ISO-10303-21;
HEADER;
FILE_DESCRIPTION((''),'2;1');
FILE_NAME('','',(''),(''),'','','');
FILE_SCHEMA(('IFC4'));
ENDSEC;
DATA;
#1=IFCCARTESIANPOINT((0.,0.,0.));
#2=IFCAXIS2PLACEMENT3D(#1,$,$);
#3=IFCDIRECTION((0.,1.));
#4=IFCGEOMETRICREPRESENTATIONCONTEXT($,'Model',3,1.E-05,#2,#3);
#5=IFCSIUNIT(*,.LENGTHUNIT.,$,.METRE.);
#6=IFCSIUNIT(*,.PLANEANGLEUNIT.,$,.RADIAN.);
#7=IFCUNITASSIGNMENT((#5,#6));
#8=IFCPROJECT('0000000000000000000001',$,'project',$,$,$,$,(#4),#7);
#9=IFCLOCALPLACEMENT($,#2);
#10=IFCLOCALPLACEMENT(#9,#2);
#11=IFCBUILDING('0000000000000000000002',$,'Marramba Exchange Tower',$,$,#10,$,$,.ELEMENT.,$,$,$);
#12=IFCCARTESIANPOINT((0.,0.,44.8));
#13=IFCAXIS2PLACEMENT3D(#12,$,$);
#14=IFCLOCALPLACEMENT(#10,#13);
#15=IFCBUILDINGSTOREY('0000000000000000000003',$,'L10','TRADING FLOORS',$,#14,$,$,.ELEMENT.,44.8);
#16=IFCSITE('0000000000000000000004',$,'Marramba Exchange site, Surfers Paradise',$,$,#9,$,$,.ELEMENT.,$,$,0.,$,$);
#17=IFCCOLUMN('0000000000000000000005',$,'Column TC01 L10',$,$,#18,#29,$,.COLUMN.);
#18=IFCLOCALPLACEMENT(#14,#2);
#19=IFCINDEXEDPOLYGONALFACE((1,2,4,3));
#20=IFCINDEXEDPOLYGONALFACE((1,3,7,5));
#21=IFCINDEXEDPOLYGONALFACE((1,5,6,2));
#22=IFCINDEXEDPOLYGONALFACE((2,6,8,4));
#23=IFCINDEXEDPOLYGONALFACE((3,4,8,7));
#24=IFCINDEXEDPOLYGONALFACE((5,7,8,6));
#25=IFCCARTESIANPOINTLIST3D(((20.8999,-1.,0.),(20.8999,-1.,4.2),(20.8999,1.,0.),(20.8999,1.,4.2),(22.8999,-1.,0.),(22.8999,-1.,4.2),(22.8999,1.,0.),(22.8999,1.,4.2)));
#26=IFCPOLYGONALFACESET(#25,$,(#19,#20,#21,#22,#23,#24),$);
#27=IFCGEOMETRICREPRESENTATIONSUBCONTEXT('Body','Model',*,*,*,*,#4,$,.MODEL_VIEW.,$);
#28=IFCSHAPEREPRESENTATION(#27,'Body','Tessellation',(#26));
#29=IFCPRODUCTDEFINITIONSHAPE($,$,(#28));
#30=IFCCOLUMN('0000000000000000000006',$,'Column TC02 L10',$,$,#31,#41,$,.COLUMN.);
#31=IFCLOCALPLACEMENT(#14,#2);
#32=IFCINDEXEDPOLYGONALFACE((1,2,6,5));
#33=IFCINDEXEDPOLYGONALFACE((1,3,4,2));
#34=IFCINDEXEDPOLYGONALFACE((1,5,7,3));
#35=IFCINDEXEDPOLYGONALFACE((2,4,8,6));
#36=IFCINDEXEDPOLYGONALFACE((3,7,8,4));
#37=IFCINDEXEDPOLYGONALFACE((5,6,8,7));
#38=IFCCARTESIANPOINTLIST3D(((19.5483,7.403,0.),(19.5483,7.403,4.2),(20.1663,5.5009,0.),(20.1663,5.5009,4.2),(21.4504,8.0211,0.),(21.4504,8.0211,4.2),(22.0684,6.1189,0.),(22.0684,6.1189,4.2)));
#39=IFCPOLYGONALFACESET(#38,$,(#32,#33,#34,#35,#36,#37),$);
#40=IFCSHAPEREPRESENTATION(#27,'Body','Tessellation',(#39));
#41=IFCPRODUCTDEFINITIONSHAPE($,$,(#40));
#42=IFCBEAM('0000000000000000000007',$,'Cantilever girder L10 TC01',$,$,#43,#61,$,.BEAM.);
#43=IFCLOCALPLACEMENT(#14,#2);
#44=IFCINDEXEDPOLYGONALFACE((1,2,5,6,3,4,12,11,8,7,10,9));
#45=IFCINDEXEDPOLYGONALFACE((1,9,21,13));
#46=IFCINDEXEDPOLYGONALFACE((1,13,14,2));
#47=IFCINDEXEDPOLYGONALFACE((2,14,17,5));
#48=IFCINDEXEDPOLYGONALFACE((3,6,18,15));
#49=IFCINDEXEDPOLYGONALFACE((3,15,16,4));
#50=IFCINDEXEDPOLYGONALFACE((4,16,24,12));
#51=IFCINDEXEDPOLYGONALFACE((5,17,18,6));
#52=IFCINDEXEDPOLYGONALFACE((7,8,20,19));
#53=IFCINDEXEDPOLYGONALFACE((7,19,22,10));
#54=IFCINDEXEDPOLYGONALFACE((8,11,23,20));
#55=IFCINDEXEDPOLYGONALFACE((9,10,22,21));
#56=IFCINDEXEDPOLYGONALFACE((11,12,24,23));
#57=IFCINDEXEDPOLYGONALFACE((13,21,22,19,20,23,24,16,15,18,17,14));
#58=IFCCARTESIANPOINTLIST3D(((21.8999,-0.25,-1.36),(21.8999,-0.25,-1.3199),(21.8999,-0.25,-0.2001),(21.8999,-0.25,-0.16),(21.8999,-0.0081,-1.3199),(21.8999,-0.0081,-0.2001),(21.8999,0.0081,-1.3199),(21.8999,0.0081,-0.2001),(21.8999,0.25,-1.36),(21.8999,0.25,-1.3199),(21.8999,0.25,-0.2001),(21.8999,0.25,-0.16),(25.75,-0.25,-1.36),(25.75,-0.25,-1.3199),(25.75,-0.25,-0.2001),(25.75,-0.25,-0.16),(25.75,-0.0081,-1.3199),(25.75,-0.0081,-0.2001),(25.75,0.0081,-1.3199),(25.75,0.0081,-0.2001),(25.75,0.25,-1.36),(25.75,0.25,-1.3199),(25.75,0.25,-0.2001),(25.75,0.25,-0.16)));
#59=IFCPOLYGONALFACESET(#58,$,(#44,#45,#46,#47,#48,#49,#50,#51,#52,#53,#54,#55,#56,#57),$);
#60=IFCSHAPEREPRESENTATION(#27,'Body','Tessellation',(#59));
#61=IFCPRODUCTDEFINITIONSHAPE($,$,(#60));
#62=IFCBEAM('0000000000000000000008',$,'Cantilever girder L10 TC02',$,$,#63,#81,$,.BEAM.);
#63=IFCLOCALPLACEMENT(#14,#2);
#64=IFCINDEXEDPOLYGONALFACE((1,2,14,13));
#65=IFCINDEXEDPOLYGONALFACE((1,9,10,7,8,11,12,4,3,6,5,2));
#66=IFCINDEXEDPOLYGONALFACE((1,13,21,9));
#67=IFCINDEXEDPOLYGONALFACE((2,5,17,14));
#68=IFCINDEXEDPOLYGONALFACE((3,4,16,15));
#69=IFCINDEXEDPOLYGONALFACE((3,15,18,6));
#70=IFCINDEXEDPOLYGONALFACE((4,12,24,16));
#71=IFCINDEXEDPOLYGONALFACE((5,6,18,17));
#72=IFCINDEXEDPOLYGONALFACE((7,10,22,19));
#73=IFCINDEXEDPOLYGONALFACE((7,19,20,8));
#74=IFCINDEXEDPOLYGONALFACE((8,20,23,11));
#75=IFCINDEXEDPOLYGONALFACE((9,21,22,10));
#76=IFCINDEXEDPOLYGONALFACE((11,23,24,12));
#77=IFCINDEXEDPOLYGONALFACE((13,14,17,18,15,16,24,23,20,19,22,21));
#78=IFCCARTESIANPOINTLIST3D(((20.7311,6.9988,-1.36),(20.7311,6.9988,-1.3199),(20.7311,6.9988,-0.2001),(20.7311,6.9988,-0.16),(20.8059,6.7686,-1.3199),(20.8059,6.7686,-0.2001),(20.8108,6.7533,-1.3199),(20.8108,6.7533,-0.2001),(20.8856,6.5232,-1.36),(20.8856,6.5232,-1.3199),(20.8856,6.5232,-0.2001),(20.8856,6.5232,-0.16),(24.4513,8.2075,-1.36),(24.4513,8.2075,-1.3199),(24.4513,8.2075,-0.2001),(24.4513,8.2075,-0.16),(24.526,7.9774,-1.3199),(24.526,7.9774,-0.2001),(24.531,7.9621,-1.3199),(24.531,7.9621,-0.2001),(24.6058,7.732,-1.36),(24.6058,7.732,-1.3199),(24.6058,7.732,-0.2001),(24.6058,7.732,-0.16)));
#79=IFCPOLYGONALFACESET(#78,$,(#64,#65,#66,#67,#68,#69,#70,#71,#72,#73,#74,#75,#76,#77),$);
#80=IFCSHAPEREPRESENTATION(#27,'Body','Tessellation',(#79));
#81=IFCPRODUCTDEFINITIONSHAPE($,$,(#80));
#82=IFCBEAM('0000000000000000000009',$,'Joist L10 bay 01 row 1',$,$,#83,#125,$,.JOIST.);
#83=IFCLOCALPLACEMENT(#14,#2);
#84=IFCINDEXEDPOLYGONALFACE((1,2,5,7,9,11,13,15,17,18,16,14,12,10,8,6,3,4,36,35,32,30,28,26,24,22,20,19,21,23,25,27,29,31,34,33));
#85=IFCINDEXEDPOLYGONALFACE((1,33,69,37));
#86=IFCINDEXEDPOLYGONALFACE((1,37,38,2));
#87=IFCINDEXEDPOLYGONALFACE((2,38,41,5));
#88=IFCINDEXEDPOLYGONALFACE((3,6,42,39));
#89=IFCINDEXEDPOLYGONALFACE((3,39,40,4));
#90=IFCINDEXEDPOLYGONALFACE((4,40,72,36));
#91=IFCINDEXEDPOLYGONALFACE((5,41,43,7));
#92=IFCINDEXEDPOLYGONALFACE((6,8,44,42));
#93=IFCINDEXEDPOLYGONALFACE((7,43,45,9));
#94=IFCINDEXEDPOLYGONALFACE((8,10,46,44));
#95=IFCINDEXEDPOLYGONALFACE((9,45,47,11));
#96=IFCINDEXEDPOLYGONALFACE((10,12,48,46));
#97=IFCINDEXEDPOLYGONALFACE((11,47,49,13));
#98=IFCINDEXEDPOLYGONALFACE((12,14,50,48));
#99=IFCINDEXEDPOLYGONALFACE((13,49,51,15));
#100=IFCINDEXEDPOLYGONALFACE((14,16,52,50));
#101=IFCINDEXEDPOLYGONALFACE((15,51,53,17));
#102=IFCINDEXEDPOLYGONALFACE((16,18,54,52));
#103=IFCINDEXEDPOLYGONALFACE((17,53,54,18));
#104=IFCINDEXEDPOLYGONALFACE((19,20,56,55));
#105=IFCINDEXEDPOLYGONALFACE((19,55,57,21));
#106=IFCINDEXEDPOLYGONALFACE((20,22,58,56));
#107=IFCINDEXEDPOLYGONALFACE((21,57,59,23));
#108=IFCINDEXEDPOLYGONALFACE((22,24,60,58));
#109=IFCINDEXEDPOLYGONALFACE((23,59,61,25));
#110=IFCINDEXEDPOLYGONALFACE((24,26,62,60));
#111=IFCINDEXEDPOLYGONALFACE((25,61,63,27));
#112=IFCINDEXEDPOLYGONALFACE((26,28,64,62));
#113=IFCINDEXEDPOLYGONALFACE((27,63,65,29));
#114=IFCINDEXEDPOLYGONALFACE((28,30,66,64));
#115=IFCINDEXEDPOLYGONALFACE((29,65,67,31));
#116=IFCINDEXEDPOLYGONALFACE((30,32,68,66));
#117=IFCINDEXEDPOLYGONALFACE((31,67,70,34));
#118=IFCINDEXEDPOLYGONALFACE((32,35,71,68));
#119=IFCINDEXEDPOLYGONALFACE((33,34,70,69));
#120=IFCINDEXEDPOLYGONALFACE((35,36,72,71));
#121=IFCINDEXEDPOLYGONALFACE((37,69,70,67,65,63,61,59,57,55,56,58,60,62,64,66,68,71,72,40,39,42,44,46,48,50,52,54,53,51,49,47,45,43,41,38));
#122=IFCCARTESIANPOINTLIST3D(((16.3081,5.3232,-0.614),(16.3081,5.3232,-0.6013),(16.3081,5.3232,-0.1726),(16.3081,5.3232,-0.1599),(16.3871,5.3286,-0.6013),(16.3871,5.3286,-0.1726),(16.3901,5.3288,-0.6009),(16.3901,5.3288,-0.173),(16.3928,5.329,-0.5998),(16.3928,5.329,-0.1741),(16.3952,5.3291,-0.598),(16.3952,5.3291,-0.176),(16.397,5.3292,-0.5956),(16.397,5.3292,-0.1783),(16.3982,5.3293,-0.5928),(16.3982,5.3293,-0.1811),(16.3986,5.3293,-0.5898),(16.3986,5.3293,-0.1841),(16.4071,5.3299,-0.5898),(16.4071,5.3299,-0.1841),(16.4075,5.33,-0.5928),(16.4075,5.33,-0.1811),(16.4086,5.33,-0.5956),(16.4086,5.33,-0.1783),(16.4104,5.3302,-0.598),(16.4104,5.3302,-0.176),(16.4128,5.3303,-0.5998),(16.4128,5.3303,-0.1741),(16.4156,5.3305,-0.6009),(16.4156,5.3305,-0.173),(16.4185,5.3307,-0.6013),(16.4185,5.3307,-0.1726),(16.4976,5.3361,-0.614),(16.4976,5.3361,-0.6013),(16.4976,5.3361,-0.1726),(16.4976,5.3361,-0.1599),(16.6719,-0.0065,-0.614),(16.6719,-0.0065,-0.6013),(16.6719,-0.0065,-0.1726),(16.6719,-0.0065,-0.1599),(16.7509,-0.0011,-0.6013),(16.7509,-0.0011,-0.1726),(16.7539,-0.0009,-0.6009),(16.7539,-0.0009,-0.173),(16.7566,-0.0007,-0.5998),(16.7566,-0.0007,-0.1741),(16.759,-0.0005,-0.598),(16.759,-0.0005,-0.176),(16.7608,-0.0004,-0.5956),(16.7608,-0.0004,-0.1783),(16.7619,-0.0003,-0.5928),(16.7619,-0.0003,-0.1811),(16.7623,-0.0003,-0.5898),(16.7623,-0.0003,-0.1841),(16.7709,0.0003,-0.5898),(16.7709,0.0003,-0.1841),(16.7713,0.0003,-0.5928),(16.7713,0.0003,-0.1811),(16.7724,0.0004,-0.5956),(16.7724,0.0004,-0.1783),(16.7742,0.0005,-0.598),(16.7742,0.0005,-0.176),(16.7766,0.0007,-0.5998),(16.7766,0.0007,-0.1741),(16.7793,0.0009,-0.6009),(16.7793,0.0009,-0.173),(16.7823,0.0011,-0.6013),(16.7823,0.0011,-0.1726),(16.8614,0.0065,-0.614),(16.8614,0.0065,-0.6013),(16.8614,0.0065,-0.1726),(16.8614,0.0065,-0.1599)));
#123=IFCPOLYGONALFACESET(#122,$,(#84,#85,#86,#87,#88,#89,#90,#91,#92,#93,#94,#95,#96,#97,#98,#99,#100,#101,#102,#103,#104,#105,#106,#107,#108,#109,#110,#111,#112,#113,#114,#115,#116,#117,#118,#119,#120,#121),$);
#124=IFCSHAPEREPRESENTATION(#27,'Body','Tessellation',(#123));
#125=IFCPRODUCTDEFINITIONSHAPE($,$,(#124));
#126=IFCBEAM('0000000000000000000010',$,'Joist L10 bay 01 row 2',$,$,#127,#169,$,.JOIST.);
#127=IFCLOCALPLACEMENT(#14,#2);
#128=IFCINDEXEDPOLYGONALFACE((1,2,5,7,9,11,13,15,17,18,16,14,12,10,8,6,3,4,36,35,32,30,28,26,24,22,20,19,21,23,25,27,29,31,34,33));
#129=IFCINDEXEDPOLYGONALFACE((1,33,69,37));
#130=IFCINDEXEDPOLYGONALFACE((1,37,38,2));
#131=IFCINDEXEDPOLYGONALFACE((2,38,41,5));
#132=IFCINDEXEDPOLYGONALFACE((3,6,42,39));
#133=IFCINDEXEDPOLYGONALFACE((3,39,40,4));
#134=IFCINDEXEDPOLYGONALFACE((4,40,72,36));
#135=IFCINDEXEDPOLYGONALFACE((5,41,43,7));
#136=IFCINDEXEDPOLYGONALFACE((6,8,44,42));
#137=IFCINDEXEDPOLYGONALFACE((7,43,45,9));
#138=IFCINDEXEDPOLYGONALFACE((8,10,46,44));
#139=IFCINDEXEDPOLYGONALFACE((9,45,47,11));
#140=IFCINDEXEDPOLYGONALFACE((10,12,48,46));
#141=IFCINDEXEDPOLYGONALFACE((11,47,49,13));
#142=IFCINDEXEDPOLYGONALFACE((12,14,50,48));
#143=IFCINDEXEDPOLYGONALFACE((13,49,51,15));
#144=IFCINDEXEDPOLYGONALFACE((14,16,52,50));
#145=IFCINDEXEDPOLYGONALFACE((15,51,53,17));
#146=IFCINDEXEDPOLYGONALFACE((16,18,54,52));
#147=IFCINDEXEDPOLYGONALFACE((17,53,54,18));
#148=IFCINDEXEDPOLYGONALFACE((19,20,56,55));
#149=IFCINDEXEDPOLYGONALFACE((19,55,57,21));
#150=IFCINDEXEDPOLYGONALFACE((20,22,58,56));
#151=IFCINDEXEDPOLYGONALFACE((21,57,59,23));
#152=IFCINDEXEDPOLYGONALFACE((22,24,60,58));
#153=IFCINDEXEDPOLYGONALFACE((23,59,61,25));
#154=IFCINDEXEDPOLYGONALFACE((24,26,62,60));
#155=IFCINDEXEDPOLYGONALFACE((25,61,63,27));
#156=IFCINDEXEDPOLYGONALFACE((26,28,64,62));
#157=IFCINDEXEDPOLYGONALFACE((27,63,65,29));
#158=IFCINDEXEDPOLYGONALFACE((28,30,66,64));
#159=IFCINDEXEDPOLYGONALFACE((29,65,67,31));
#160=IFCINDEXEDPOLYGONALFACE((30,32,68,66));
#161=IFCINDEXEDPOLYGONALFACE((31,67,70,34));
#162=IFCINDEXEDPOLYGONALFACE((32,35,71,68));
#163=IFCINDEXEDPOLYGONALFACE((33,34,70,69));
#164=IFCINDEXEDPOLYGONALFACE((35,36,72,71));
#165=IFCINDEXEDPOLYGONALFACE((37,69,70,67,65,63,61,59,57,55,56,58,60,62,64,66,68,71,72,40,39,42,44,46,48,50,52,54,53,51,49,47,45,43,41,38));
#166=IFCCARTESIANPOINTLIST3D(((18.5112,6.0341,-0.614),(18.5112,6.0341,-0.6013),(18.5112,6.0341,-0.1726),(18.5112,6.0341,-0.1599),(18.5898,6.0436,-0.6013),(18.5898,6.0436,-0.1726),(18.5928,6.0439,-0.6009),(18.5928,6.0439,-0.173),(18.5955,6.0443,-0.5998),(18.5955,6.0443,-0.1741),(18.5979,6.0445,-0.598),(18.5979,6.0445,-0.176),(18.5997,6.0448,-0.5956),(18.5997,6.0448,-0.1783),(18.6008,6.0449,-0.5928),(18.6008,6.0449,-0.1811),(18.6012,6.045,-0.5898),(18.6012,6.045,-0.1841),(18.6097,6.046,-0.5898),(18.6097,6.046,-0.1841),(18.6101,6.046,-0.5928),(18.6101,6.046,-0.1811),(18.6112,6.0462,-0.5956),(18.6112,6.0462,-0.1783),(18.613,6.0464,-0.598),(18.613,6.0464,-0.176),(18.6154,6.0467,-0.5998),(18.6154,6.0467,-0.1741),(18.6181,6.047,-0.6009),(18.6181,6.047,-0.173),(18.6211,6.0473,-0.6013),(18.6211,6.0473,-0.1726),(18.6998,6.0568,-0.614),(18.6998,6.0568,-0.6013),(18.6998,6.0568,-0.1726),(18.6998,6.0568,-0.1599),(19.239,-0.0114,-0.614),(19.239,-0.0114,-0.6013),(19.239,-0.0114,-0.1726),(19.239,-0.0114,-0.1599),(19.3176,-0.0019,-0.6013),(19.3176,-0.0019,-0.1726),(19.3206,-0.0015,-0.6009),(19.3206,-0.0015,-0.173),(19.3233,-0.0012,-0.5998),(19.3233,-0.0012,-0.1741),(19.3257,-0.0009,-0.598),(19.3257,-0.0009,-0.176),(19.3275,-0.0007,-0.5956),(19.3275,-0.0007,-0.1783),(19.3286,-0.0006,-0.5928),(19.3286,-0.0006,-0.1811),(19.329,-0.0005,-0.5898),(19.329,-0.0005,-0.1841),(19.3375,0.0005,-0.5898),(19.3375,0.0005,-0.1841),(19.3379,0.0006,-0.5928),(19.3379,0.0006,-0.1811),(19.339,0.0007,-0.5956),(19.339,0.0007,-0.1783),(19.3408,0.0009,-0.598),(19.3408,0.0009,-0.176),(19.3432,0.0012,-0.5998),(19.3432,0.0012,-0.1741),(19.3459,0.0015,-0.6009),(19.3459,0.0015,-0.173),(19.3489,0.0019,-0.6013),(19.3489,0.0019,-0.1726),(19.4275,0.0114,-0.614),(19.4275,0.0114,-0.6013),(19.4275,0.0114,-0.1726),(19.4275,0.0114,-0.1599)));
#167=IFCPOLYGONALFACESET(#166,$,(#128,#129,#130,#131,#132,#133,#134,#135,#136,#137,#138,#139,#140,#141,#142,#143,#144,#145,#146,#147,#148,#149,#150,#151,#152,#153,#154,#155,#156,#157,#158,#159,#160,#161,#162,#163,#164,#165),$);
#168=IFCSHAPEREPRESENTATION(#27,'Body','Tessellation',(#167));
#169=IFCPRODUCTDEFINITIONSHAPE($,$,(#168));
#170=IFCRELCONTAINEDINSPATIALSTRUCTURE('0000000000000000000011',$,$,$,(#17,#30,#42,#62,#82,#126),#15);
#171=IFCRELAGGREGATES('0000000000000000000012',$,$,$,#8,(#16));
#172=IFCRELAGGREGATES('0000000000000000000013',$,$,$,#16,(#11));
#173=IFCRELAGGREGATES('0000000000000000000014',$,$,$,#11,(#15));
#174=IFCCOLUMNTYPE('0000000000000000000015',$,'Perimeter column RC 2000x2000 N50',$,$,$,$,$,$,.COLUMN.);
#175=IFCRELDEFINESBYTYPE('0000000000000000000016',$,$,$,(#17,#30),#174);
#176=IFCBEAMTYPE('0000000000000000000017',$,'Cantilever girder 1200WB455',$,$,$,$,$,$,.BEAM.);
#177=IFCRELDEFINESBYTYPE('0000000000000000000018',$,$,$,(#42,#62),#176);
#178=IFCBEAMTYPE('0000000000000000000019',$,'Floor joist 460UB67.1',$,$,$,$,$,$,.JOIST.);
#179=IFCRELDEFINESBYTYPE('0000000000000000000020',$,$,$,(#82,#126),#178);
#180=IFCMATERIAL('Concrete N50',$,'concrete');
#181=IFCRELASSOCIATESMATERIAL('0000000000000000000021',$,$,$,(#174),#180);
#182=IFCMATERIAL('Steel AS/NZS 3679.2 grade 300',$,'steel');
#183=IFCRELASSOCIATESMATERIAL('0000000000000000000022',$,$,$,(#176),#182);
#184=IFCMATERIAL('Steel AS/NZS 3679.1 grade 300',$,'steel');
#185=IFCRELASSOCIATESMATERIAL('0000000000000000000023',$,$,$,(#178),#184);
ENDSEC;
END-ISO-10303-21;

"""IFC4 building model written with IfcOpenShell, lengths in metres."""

from ifc_helpers import new_model, si_unit, direction, frame, origin, origin_2d, place, context, subcontext, project, spatial, rectangle, i_section, extrude, material, material_profile, profile_set, type_object, element, save


model = new_model("IFC4")

# Units and contexts
model_context = context("Model", 3, precision=1e-05, world=origin(), true_north=direction((0.0, 1.0)))
body_context = subcontext(model_context, "Body", "Model", "MODEL_VIEW")
ifc_project = project(units=[si_unit("LENGTHUNIT", "METRE"), si_unit("PLANEANGLEUNIT", "RADIAN")], contexts=[model_context])

# Site, building, storey
site_placement = place(None, origin())
site = spatial("IfcSite", under=ifc_project, at=site_placement, Name="Marramba Exchange site, Surfers Paradise", CompositionType="ELEMENT", RefElevation=0.0)
building_placement = place(site_placement, origin())
building = spatial("IfcBuilding", under=site, at=building_placement, Name="Marramba Exchange Tower", CompositionType="ELEMENT")
storey_placement = place(building_placement, frame((0.0, 0.0, 44.8)))
storey = spatial("IfcBuildingStorey", under=building, at=storey_placement, Name="L10", Description="TRADING FLOORS", CompositionType="ELEMENT", Elevation=44.8)

# Columns
ifc_material_1 = material(Name="Concrete N50", Category="concrete")
ifc_material_profile_1 = material_profile(ifc_material_1, rectangle(XDim=2.0, YDim=2.0, at=origin_2d()), Name="RC 2000x2000")
ifc_profile_set_1 = profile_set([ifc_material_profile_1], Name="Concrete N50")
column_type = type_object("IfcColumnType", Name="Perimeter column RC 2000x2000 N50", PredefinedType="COLUMN", material=ifc_profile_set_1)
for number, where, z_axis, x_axis, name in (
    (1, (21.8999, 0.0, 0.0), (0.0, 0.0, 1.0), (1.0, 0.0, 0.0), "Column TC01 L10"),
    (2, (20.8083, 6.761, 0.0), (0.0, 0.0, 1.0), (0.951057, 0.309017, 0.0), "Column TC02 L10"),
):
    element("IfcColumn", number, at=place(storey_placement, frame(where, z_axis=z_axis, x_axis=x_axis)), inside=storey, type_object=column_type, Name=name, PredefinedType="COLUMN", context=body_context, shape_type="SweptSolid", body=[
        extrude(rectangle(XDim=2.0, YDim=2.0, at=origin_2d()), origin(), (0.0, 0.0, 1.0), 4.2),
    ])

# Beams
ifc_material_2 = material(Name="Steel AS/NZS 3679.2 grade 300", Category="steel")
ifc_material_profile_2 = material_profile(ifc_material_2, i_section(OverallWidth=0.5, OverallDepth=1.2, WebThickness=0.0161, FlangeThickness=0.04, at=origin_2d()), Name="1200WB455")
ifc_profile_set_2 = profile_set([ifc_material_profile_2], Name="Steel AS/NZS 3679.2 grade 300")
beam_type_1 = type_object("IfcBeamType", Name="Cantilever girder 1200WB455", PredefinedType="BEAM", material=ifc_profile_set_2)
beam_1_placement = place(storey_placement, frame((21.8999, 0.0, -0.76), z_axis=(1.0, 0.0, 0.0), x_axis=(0.0, 1.0, 0.0)))
element("IfcBeam", 3, at=beam_1_placement, inside=storey, type_object=beam_type_1, Name="Cantilever girder L10 TC01", PredefinedType="BEAM", context=body_context, shape_type="SweptSolid", body=[
    extrude(i_section(OverallWidth=0.5, OverallDepth=1.2, WebThickness=0.0161, FlangeThickness=0.04, at=origin_2d()), origin(), (0.0, 0.0, 1.0), 3.8501),
])
beam_2_placement = place(storey_placement, frame((20.8083, 6.761, -0.76), z_axis=(0.951059, 0.30901, 0.0), x_axis=(-0.30901, 0.951059, 0.0)))
element("IfcBeam", 4, at=beam_2_placement, inside=storey, type_object=beam_type_1, Name="Cantilever girder L10 TC02", PredefinedType="BEAM", context=body_context, shape_type="SweptSolid", body=[
    extrude(i_section(OverallWidth=0.5, OverallDepth=1.2, WebThickness=0.0161, FlangeThickness=0.04, at=origin_2d()), origin(), (0.0, 0.0, 1.0), 3.9116),
])
ifc_material_3 = material(Name="Steel AS/NZS 3679.1 grade 300", Category="steel")
ifc_material_profile_3 = material_profile(ifc_material_3, i_section(OverallWidth=0.1899, OverallDepth=0.4541, WebThickness=0.0085, FlangeThickness=0.0127, FilletRadius=0.0115, at=origin_2d()), Name="460UB67.1")
ifc_profile_set_3 = profile_set([ifc_material_profile_3], Name="Steel AS/NZS 3679.1 grade 300")
beam_type_2 = type_object("IfcBeamType", Name="Floor joist 460UB67.1", PredefinedType="JOIST", material=ifc_profile_set_3)
beam_3_placement = place(storey_placement, frame((16.7666, 0.0, -0.387), z_axis=(-0.068096, 0.997679, 0.0), x_axis=(-0.997679, -0.068096, 0.0)))
element("IfcBeam", 5, at=beam_3_placement, inside=storey, type_object=beam_type_2, Name="Joist L10 bay 01 row 1", PredefinedType="JOIST", context=body_context, shape_type="SweptSolid", body=[
    extrude(i_section(OverallWidth=0.1899, OverallDepth=0.4541, WebThickness=0.0085, FlangeThickness=0.0127, FilletRadius=0.0115, at=origin_2d()), origin(), (0.0, 0.0, 1.0), 5.342),
])
beam_4_placement = place(storey_placement, frame((19.3333, 0.0, -0.387), z_axis=(-0.119523, 0.992831, 0.0), x_axis=(-0.992831, -0.119523, 0.0)))
element("IfcBeam", 6, at=beam_4_placement, inside=storey, type_object=beam_type_2, Name="Joist L10 bay 01 row 2", PredefinedType="JOIST", context=body_context, shape_type="SweptSolid", body=[
    extrude(i_section(OverallWidth=0.1899, OverallDepth=0.4541, WebThickness=0.0085, FlangeThickness=0.0127, FilletRadius=0.0115, at=origin_2d()), origin(), (0.0, 0.0, 1.0), 6.0891),
])

save(model, "model.ifc")
